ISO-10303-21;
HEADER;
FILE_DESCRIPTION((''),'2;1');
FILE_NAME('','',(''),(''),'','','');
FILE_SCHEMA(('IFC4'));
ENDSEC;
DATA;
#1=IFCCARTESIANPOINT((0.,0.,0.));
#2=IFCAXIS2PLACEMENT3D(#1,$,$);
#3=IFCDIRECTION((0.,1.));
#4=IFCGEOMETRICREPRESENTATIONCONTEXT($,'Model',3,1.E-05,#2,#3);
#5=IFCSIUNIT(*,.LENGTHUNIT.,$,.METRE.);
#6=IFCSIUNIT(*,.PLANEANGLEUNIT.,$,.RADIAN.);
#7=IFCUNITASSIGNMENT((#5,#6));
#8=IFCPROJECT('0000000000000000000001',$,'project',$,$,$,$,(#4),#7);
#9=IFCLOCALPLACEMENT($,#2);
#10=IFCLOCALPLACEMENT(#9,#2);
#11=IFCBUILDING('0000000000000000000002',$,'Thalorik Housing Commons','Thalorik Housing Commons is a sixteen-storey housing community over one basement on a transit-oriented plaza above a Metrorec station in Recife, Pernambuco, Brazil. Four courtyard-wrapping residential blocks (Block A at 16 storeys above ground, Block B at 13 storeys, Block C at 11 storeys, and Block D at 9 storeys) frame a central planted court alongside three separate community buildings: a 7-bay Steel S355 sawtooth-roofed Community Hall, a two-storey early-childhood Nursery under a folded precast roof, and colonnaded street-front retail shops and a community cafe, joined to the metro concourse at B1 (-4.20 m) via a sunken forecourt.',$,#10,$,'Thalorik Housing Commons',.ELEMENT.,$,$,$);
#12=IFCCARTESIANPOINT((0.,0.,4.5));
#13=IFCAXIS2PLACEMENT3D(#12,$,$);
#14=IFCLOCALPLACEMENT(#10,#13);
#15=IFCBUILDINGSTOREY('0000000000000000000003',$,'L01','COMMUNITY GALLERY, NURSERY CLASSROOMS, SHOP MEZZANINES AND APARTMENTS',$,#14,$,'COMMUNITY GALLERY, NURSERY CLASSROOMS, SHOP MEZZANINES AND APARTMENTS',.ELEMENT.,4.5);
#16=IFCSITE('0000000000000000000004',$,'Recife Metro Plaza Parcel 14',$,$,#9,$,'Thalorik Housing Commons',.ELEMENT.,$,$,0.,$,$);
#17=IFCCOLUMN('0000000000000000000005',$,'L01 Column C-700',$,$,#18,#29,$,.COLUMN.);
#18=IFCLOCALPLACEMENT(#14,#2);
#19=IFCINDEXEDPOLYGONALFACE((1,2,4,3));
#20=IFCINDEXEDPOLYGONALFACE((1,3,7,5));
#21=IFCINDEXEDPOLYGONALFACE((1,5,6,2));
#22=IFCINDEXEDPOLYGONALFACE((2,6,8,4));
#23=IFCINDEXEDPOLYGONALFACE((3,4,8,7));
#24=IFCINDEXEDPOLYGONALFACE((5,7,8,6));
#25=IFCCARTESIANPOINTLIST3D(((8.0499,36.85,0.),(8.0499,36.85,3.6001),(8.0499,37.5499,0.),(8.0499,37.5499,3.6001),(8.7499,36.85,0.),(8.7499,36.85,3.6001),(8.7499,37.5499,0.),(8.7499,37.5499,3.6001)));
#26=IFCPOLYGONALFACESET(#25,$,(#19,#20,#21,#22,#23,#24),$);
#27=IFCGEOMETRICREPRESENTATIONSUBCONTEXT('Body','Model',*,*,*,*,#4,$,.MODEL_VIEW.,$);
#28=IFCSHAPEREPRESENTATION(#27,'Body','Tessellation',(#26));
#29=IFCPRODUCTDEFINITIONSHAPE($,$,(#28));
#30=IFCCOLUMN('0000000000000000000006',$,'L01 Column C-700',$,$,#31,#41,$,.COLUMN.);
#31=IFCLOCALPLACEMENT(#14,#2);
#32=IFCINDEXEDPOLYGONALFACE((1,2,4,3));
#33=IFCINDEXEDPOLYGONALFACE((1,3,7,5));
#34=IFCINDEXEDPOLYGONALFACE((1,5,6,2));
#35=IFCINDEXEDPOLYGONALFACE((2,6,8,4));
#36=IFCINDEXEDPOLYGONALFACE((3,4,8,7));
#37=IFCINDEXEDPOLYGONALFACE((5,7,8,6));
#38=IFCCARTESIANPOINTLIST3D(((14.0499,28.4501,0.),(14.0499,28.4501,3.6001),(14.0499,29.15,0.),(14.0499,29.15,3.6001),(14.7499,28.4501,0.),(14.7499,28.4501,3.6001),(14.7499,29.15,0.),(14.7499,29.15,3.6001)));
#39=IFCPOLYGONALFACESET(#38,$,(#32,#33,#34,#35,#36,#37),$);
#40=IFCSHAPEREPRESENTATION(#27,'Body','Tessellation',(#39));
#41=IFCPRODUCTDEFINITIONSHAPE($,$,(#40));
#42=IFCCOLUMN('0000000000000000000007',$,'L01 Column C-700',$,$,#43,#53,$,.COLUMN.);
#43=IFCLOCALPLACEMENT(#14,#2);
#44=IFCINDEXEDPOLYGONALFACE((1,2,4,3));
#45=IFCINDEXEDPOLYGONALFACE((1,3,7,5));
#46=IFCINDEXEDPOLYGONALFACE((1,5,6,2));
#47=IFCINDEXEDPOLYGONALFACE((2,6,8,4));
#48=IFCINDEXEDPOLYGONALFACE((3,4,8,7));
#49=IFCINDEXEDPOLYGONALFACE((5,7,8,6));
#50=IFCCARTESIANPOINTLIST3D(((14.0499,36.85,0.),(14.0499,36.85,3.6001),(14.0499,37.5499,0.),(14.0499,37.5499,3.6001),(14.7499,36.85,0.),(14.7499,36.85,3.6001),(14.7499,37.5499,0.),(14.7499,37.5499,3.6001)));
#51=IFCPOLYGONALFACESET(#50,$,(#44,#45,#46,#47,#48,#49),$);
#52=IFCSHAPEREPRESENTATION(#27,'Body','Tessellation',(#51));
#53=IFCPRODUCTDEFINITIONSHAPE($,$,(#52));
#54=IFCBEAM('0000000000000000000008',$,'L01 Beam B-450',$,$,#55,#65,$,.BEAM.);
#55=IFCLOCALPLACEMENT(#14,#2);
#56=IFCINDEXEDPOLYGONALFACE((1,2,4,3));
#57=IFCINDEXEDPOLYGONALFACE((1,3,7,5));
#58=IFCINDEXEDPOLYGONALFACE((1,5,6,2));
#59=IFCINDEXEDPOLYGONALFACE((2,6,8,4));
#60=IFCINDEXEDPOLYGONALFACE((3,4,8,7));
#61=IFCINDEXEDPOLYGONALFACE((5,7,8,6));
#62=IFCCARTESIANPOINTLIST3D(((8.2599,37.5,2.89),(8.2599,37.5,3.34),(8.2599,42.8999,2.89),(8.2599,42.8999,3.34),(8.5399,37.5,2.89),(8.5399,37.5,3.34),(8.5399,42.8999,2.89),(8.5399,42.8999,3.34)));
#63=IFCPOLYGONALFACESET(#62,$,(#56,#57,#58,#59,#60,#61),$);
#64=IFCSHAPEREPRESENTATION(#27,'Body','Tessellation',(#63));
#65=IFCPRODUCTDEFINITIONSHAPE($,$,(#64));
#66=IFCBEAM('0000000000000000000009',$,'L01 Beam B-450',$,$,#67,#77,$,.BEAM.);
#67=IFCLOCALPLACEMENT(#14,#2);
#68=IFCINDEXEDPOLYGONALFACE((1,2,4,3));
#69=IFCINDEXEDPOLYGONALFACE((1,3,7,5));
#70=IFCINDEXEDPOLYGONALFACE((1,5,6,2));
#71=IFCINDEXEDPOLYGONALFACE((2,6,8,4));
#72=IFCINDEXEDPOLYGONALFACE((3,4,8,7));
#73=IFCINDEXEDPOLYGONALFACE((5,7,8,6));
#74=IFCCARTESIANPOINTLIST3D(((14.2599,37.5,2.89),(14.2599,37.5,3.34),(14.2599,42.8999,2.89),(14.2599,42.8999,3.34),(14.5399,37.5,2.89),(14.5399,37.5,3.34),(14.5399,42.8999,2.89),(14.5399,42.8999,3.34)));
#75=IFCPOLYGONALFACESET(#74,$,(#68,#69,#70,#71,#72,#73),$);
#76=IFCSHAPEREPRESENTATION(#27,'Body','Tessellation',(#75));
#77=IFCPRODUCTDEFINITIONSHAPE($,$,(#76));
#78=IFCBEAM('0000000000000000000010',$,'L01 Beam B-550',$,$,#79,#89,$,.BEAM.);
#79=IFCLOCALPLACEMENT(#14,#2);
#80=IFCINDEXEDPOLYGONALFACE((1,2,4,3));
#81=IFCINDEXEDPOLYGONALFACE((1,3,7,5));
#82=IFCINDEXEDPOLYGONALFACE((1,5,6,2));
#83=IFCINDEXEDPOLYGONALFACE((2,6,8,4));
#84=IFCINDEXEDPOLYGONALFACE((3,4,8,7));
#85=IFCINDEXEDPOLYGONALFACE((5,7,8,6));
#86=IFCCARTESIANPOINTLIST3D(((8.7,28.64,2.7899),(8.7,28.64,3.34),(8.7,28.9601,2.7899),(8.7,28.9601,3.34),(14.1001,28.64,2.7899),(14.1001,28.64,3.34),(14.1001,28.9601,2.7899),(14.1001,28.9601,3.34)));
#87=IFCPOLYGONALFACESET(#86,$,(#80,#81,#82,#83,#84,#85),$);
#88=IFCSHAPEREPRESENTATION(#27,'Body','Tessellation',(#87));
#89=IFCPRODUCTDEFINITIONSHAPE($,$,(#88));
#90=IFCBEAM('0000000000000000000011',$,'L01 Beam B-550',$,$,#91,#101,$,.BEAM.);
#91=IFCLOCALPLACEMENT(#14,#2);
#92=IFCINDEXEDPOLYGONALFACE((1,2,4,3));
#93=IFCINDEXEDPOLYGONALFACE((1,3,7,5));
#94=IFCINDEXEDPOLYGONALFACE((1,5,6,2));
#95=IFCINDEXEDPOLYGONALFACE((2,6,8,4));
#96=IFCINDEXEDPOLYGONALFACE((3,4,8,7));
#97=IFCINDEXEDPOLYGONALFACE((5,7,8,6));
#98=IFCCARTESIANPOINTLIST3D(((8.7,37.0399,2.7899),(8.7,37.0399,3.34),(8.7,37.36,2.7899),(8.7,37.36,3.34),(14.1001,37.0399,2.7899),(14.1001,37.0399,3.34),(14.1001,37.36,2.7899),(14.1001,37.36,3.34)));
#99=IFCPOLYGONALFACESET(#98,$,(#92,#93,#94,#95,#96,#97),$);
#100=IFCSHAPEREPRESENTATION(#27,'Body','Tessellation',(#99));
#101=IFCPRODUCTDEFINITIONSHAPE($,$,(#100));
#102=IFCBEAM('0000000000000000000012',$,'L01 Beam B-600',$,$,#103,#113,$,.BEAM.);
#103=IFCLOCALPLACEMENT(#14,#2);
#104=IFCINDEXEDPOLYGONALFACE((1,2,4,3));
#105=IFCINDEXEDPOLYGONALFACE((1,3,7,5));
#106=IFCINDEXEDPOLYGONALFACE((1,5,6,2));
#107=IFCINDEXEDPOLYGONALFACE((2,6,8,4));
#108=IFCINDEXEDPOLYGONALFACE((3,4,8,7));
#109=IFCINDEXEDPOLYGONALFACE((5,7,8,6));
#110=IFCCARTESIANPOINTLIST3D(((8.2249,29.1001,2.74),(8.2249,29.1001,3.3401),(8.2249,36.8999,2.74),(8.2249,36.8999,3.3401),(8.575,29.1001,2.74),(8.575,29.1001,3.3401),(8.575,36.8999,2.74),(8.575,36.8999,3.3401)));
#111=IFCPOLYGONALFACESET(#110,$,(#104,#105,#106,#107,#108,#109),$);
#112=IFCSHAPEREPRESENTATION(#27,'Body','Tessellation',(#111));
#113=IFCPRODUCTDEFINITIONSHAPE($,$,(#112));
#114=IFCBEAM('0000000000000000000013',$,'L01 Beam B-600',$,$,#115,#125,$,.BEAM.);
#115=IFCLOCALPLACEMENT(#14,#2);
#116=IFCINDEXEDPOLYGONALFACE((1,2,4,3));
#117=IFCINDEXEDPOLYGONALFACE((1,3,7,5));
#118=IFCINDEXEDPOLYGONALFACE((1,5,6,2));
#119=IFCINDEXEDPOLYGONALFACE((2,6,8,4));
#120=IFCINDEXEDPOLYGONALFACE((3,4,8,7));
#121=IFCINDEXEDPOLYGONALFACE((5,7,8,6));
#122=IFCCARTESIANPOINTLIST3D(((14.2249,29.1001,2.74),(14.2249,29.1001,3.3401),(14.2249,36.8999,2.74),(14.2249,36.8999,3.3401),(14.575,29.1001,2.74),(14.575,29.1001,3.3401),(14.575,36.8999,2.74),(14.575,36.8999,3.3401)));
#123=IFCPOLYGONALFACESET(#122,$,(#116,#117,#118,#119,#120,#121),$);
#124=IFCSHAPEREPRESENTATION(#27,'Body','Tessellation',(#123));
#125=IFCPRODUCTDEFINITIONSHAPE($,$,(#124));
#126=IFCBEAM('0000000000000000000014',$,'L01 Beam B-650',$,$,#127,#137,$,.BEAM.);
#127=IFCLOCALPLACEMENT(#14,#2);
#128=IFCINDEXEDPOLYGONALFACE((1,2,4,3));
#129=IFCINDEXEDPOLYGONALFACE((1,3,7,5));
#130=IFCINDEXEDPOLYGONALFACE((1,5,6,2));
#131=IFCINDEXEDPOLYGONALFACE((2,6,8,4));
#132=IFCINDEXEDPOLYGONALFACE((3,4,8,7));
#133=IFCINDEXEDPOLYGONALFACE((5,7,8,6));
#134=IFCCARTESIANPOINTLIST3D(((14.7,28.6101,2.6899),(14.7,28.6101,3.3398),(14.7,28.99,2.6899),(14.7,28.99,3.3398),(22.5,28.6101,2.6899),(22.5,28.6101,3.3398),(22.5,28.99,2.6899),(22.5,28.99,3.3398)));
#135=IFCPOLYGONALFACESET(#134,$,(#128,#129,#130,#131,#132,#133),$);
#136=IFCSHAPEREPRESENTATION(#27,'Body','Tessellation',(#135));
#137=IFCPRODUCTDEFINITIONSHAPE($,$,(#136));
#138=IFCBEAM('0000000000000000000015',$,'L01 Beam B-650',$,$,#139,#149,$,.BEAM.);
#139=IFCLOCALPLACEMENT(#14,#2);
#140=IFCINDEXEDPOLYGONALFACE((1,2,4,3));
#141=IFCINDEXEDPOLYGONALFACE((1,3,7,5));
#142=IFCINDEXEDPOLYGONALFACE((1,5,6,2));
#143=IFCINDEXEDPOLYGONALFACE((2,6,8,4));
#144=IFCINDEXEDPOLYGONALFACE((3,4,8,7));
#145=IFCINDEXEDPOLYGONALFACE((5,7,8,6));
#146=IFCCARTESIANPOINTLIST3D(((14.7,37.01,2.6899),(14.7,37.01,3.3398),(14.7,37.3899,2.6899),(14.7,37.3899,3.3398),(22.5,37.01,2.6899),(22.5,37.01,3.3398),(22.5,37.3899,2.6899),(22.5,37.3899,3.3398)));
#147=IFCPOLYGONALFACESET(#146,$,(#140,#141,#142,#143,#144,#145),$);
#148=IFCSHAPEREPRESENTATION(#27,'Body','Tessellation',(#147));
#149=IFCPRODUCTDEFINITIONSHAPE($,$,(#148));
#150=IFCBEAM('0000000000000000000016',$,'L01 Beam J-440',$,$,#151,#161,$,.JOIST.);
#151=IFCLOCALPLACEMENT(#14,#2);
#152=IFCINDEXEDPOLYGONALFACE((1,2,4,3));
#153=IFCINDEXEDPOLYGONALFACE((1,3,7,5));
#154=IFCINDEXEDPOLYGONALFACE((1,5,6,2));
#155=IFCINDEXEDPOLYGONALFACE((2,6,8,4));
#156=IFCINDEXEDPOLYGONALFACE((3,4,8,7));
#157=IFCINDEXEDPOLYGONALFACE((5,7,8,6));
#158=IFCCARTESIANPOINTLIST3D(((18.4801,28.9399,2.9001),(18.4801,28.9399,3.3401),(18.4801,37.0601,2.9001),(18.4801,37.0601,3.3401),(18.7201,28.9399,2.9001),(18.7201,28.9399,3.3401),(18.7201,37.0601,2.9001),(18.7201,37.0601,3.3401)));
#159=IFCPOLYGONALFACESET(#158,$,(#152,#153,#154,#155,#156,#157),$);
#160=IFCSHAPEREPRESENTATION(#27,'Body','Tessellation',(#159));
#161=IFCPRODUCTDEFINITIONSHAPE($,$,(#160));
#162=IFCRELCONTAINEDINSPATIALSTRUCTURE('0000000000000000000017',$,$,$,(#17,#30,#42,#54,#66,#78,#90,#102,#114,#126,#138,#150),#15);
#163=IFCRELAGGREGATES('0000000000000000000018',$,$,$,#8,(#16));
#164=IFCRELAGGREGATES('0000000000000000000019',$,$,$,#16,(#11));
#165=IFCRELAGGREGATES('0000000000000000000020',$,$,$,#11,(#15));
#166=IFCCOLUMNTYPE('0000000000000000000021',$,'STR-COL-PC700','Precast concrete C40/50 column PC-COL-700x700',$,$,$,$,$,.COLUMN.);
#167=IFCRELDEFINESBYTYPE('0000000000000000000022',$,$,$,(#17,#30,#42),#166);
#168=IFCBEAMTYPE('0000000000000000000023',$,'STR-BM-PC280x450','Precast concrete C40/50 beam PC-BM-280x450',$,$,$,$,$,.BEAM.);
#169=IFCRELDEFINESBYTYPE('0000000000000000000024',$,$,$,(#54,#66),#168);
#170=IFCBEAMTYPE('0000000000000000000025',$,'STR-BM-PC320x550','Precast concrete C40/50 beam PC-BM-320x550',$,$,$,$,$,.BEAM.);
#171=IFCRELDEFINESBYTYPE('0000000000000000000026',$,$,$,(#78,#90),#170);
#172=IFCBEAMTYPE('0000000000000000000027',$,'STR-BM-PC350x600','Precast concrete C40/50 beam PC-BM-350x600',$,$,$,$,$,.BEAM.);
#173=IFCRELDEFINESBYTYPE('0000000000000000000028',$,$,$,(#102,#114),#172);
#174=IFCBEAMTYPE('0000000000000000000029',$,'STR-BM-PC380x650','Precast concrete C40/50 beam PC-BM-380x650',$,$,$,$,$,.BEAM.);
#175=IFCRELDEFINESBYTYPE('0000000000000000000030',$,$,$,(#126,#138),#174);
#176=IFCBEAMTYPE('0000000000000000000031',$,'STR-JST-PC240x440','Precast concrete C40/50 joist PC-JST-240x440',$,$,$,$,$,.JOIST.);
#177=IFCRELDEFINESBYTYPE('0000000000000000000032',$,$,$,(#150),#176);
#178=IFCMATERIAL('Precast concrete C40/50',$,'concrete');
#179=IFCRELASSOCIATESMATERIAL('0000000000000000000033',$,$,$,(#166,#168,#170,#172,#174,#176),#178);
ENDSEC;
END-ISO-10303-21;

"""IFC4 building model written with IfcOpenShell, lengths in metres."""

from ifc_helpers import new_model, si_unit, direction, frame, origin, origin_2d, place, context, subcontext, project, spatial, rectangle, extrude, material, material_profile, profile_set, type_object, element, save


model = new_model("IFC4")

# Units and contexts
model_context = context("Model", 3, precision=1e-05, world=origin(), true_north=direction((0.0, 1.0)))
body_context = subcontext(model_context, "Body", "Model", "MODEL_VIEW")
ifc_project = project(units=[si_unit("LENGTHUNIT", "METRE"), si_unit("PLANEANGLEUNIT", "RADIAN")], contexts=[model_context])

# Site, building, storey
site_placement = place(None, origin())
site = spatial("IfcSite", under=ifc_project, at=site_placement, Name="Recife Metro Plaza Parcel 14", LongName="Thalorik Housing Commons", CompositionType="ELEMENT", RefElevation=0.0)
building_placement = place(site_placement, origin())
building = spatial("IfcBuilding", under=site, at=building_placement, Name="Thalorik Housing Commons", Description="Thalorik Housing Commons is a sixteen-storey housing community over one basement on a transit-oriented plaza above a Metrorec station in Recife, Pernambuco, Brazil. Four courtyard-wrapping residential blocks (Block A at 16 storeys above ground, Block B at 13 storeys, Block C at 11 storeys, and Block D at 9 storeys) frame a central planted court alongside three separate community buildings: a 7-bay Steel S355 sawtooth-roofed Community Hall, a two-storey early-childhood Nursery under a folded precast roof, and colonnaded street-front retail shops and a community cafe, joined to the metro concourse at B1 (-4.20 m) via a sunken forecourt.", LongName="Thalorik Housing Commons", CompositionType="ELEMENT")
storey_placement = place(building_placement, frame((0.0, 0.0, 4.5)))
storey = spatial("IfcBuildingStorey", under=building, at=storey_placement, Name="L01", Description="COMMUNITY GALLERY, NURSERY CLASSROOMS, SHOP MEZZANINES AND APARTMENTS", LongName="COMMUNITY GALLERY, NURSERY CLASSROOMS, SHOP MEZZANINES AND APARTMENTS", CompositionType="ELEMENT", Elevation=4.5)

# Columns
ifc_material_1 = material(Name="Precast concrete C40/50", Category="concrete")
ifc_material_profile_1 = material_profile(ifc_material_1, rectangle(XDim=0.7, YDim=0.7, at=origin_2d()), Name="PC 700x700", Category="concrete")
ifc_profile_set_1 = profile_set([ifc_material_profile_1], Name="Precast concrete C40/50")
column_type = type_object("IfcColumnType", Name="STR-COL-PC700", Description="Precast concrete C40/50 column PC-COL-700x700", PredefinedType="COLUMN", material=ifc_profile_set_1)
for number, where, z_axis, x_axis, name in (
    (1, (8.3999, 37.2, 0.0), (0.0, 0.0, 1.0), (1.0, 0.0, 0.0), "L01 Column C-700"),
    (2, (14.3999, 28.8, 0.0), (0.0, 0.0, 1.0), (1.0, 0.0, 0.0), "L01 Column C-700"),
    (3, (14.3999, 37.2, 0.0), (0.0, 0.0, 1.0), (1.0, 0.0, 0.0), "L01 Column C-700"),
):
    element("IfcColumn", number, at=place(storey_placement, frame(where, z_axis=z_axis, x_axis=x_axis)), inside=storey, type_object=column_type, Name=name, PredefinedType="COLUMN", context=body_context, shape_type="SweptSolid", body=[
        extrude(rectangle(XDim=0.7, YDim=0.7, at=origin_2d()), origin(), (0.0, 0.0, 1.0), 3.6001),
    ])

# Beams
ifc_material_profile_2 = material_profile(ifc_material_1, rectangle(XDim=0.28, YDim=0.45, at=origin_2d()), Name="PC 280x450", Category="concrete")
ifc_profile_set_2 = profile_set([ifc_material_profile_2], Name="Precast concrete C40/50")
beam_type_1 = type_object("IfcBeamType", Name="STR-BM-PC280x450", Description="Precast concrete C40/50 beam PC-BM-280x450", PredefinedType="BEAM", material=ifc_profile_set_2)
for number, where, z_axis, x_axis, name in (
    (4, (8.3999, 37.5, 3.115), (0.0, 1.0, 0.0), (-1.0, 0.0, 0.0), "L01 Beam B-450"),
    (5, (14.3999, 37.5, 3.115), (0.0, 1.0, 0.0), (-1.0, 0.0, 0.0), "L01 Beam B-450"),
):
    element("IfcBeam", number, at=place(storey_placement, frame(where, z_axis=z_axis, x_axis=x_axis)), inside=storey, type_object=beam_type_1, Name=name, PredefinedType="BEAM", context=body_context, shape_type="SweptSolid", body=[
        extrude(rectangle(XDim=0.28, YDim=0.45, at=origin_2d()), origin(), (0.0, 0.0, 1.0), 5.3999),
    ])
ifc_material_profile_3 = material_profile(ifc_material_1, rectangle(XDim=0.3201, YDim=0.55, at=origin_2d()), Name="PC 320x550", Category="concrete")
ifc_profile_set_3 = profile_set([ifc_material_profile_3], Name="Precast concrete C40/50")
beam_type_2 = type_object("IfcBeamType", Name="STR-BM-PC320x550", Description="Precast concrete C40/50 beam PC-BM-320x550", PredefinedType="BEAM", material=ifc_profile_set_3)
for number, where, z_axis, x_axis, name in (
    (6, (8.7, 28.8, 3.0649), (1.0, 0.0, 0.0), (0.0, 1.0, 0.0), "L01 Beam B-550"),
    (7, (8.7, 37.2, 3.0649), (1.0, 0.0, 0.0), (0.0, 1.0, 0.0), "L01 Beam B-550"),
):
    element("IfcBeam", number, at=place(storey_placement, frame(where, z_axis=z_axis, x_axis=x_axis)), inside=storey, type_object=beam_type_2, Name=name, PredefinedType="BEAM", context=body_context, shape_type="SweptSolid", body=[
        extrude(rectangle(XDim=0.3201, YDim=0.55, at=origin_2d()), origin(), (0.0, 0.0, 1.0), 5.4001),
    ])
ifc_material_profile_4 = material_profile(ifc_material_1, rectangle(XDim=0.3501, YDim=0.6001, at=origin_2d()), Name="PC 350x600", Category="concrete")
ifc_profile_set_4 = profile_set([ifc_material_profile_4], Name="Precast concrete C40/50")
beam_type_3 = type_object("IfcBeamType", Name="STR-BM-PC350x600", Description="Precast concrete C40/50 beam PC-BM-350x600", PredefinedType="BEAM", material=ifc_profile_set_4)
for number, where, z_axis, x_axis, name in (
    (8, (8.3999, 29.1001, 3.04), (0.0, 1.0, 0.0), (-1.0, 0.0, 0.0), "L01 Beam B-600"),
    (9, (14.3999, 29.1001, 3.04), (0.0, 1.0, 0.0), (-1.0, 0.0, 0.0), "L01 Beam B-600"),
):
    element("IfcBeam", number, at=place(storey_placement, frame(where, z_axis=z_axis, x_axis=x_axis)), inside=storey, type_object=beam_type_3, Name=name, PredefinedType="BEAM", context=body_context, shape_type="SweptSolid", body=[
        extrude(rectangle(XDim=0.3501, YDim=0.6001, at=origin_2d()), origin(), (0.0, 0.0, 1.0), 7.7998),
    ])
ifc_material_profile_5 = material_profile(ifc_material_1, rectangle(XDim=0.3799, YDim=0.6499, at=origin_2d()), Name="PC 380x650", Category="concrete")
ifc_profile_set_5 = profile_set([ifc_material_profile_5], Name="Precast concrete C40/50")
beam_type_4 = type_object("IfcBeamType", Name="STR-BM-PC380x650", Description="Precast concrete C40/50 beam PC-BM-380x650", PredefinedType="BEAM", material=ifc_profile_set_5)
for number, where, z_axis, x_axis, name in (
    (10, (14.7, 28.8, 3.0149), (1.0, 0.0, 0.0), (0.0, 1.0, 0.0), "L01 Beam B-650"),
    (11, (14.7, 37.2, 3.0149), (1.0, 0.0, 0.0), (0.0, 1.0, 0.0), "L01 Beam B-650"),
):
    element("IfcBeam", number, at=place(storey_placement, frame(where, z_axis=z_axis, x_axis=x_axis)), inside=storey, type_object=beam_type_4, Name=name, PredefinedType="BEAM", context=body_context, shape_type="SweptSolid", body=[
        extrude(rectangle(XDim=0.3799, YDim=0.6499, at=origin_2d()), origin(), (0.0, 0.0, 1.0), 7.8),
    ])
ifc_material_profile_6 = material_profile(ifc_material_1, rectangle(XDim=0.24, YDim=0.4399, at=origin_2d()), Name="PC JST 240x440", Category="concrete")
ifc_profile_set_6 = profile_set([ifc_material_profile_6], Name="Precast concrete C40/50")
beam_type_5 = type_object("IfcBeamType", Name="STR-JST-PC240x440", Description="Precast concrete C40/50 joist PC-JST-240x440", PredefinedType="JOIST", material=ifc_profile_set_6)
beam_placement = place(storey_placement, frame((18.6001, 28.9399, 3.1201), z_axis=(0.0, 1.0, 0.0), x_axis=(-1.0, 0.0, 0.0)))
element("IfcBeam", 12, at=beam_placement, inside=storey, type_object=beam_type_5, Name="L01 Beam J-440", PredefinedType="JOIST", context=body_context, shape_type="SweptSolid", body=[
    extrude(rectangle(XDim=0.24, YDim=0.4399, at=origin_2d()), origin(), (0.0, 0.0, 1.0), 8.1201),
])

save(model, "model.ifc")
